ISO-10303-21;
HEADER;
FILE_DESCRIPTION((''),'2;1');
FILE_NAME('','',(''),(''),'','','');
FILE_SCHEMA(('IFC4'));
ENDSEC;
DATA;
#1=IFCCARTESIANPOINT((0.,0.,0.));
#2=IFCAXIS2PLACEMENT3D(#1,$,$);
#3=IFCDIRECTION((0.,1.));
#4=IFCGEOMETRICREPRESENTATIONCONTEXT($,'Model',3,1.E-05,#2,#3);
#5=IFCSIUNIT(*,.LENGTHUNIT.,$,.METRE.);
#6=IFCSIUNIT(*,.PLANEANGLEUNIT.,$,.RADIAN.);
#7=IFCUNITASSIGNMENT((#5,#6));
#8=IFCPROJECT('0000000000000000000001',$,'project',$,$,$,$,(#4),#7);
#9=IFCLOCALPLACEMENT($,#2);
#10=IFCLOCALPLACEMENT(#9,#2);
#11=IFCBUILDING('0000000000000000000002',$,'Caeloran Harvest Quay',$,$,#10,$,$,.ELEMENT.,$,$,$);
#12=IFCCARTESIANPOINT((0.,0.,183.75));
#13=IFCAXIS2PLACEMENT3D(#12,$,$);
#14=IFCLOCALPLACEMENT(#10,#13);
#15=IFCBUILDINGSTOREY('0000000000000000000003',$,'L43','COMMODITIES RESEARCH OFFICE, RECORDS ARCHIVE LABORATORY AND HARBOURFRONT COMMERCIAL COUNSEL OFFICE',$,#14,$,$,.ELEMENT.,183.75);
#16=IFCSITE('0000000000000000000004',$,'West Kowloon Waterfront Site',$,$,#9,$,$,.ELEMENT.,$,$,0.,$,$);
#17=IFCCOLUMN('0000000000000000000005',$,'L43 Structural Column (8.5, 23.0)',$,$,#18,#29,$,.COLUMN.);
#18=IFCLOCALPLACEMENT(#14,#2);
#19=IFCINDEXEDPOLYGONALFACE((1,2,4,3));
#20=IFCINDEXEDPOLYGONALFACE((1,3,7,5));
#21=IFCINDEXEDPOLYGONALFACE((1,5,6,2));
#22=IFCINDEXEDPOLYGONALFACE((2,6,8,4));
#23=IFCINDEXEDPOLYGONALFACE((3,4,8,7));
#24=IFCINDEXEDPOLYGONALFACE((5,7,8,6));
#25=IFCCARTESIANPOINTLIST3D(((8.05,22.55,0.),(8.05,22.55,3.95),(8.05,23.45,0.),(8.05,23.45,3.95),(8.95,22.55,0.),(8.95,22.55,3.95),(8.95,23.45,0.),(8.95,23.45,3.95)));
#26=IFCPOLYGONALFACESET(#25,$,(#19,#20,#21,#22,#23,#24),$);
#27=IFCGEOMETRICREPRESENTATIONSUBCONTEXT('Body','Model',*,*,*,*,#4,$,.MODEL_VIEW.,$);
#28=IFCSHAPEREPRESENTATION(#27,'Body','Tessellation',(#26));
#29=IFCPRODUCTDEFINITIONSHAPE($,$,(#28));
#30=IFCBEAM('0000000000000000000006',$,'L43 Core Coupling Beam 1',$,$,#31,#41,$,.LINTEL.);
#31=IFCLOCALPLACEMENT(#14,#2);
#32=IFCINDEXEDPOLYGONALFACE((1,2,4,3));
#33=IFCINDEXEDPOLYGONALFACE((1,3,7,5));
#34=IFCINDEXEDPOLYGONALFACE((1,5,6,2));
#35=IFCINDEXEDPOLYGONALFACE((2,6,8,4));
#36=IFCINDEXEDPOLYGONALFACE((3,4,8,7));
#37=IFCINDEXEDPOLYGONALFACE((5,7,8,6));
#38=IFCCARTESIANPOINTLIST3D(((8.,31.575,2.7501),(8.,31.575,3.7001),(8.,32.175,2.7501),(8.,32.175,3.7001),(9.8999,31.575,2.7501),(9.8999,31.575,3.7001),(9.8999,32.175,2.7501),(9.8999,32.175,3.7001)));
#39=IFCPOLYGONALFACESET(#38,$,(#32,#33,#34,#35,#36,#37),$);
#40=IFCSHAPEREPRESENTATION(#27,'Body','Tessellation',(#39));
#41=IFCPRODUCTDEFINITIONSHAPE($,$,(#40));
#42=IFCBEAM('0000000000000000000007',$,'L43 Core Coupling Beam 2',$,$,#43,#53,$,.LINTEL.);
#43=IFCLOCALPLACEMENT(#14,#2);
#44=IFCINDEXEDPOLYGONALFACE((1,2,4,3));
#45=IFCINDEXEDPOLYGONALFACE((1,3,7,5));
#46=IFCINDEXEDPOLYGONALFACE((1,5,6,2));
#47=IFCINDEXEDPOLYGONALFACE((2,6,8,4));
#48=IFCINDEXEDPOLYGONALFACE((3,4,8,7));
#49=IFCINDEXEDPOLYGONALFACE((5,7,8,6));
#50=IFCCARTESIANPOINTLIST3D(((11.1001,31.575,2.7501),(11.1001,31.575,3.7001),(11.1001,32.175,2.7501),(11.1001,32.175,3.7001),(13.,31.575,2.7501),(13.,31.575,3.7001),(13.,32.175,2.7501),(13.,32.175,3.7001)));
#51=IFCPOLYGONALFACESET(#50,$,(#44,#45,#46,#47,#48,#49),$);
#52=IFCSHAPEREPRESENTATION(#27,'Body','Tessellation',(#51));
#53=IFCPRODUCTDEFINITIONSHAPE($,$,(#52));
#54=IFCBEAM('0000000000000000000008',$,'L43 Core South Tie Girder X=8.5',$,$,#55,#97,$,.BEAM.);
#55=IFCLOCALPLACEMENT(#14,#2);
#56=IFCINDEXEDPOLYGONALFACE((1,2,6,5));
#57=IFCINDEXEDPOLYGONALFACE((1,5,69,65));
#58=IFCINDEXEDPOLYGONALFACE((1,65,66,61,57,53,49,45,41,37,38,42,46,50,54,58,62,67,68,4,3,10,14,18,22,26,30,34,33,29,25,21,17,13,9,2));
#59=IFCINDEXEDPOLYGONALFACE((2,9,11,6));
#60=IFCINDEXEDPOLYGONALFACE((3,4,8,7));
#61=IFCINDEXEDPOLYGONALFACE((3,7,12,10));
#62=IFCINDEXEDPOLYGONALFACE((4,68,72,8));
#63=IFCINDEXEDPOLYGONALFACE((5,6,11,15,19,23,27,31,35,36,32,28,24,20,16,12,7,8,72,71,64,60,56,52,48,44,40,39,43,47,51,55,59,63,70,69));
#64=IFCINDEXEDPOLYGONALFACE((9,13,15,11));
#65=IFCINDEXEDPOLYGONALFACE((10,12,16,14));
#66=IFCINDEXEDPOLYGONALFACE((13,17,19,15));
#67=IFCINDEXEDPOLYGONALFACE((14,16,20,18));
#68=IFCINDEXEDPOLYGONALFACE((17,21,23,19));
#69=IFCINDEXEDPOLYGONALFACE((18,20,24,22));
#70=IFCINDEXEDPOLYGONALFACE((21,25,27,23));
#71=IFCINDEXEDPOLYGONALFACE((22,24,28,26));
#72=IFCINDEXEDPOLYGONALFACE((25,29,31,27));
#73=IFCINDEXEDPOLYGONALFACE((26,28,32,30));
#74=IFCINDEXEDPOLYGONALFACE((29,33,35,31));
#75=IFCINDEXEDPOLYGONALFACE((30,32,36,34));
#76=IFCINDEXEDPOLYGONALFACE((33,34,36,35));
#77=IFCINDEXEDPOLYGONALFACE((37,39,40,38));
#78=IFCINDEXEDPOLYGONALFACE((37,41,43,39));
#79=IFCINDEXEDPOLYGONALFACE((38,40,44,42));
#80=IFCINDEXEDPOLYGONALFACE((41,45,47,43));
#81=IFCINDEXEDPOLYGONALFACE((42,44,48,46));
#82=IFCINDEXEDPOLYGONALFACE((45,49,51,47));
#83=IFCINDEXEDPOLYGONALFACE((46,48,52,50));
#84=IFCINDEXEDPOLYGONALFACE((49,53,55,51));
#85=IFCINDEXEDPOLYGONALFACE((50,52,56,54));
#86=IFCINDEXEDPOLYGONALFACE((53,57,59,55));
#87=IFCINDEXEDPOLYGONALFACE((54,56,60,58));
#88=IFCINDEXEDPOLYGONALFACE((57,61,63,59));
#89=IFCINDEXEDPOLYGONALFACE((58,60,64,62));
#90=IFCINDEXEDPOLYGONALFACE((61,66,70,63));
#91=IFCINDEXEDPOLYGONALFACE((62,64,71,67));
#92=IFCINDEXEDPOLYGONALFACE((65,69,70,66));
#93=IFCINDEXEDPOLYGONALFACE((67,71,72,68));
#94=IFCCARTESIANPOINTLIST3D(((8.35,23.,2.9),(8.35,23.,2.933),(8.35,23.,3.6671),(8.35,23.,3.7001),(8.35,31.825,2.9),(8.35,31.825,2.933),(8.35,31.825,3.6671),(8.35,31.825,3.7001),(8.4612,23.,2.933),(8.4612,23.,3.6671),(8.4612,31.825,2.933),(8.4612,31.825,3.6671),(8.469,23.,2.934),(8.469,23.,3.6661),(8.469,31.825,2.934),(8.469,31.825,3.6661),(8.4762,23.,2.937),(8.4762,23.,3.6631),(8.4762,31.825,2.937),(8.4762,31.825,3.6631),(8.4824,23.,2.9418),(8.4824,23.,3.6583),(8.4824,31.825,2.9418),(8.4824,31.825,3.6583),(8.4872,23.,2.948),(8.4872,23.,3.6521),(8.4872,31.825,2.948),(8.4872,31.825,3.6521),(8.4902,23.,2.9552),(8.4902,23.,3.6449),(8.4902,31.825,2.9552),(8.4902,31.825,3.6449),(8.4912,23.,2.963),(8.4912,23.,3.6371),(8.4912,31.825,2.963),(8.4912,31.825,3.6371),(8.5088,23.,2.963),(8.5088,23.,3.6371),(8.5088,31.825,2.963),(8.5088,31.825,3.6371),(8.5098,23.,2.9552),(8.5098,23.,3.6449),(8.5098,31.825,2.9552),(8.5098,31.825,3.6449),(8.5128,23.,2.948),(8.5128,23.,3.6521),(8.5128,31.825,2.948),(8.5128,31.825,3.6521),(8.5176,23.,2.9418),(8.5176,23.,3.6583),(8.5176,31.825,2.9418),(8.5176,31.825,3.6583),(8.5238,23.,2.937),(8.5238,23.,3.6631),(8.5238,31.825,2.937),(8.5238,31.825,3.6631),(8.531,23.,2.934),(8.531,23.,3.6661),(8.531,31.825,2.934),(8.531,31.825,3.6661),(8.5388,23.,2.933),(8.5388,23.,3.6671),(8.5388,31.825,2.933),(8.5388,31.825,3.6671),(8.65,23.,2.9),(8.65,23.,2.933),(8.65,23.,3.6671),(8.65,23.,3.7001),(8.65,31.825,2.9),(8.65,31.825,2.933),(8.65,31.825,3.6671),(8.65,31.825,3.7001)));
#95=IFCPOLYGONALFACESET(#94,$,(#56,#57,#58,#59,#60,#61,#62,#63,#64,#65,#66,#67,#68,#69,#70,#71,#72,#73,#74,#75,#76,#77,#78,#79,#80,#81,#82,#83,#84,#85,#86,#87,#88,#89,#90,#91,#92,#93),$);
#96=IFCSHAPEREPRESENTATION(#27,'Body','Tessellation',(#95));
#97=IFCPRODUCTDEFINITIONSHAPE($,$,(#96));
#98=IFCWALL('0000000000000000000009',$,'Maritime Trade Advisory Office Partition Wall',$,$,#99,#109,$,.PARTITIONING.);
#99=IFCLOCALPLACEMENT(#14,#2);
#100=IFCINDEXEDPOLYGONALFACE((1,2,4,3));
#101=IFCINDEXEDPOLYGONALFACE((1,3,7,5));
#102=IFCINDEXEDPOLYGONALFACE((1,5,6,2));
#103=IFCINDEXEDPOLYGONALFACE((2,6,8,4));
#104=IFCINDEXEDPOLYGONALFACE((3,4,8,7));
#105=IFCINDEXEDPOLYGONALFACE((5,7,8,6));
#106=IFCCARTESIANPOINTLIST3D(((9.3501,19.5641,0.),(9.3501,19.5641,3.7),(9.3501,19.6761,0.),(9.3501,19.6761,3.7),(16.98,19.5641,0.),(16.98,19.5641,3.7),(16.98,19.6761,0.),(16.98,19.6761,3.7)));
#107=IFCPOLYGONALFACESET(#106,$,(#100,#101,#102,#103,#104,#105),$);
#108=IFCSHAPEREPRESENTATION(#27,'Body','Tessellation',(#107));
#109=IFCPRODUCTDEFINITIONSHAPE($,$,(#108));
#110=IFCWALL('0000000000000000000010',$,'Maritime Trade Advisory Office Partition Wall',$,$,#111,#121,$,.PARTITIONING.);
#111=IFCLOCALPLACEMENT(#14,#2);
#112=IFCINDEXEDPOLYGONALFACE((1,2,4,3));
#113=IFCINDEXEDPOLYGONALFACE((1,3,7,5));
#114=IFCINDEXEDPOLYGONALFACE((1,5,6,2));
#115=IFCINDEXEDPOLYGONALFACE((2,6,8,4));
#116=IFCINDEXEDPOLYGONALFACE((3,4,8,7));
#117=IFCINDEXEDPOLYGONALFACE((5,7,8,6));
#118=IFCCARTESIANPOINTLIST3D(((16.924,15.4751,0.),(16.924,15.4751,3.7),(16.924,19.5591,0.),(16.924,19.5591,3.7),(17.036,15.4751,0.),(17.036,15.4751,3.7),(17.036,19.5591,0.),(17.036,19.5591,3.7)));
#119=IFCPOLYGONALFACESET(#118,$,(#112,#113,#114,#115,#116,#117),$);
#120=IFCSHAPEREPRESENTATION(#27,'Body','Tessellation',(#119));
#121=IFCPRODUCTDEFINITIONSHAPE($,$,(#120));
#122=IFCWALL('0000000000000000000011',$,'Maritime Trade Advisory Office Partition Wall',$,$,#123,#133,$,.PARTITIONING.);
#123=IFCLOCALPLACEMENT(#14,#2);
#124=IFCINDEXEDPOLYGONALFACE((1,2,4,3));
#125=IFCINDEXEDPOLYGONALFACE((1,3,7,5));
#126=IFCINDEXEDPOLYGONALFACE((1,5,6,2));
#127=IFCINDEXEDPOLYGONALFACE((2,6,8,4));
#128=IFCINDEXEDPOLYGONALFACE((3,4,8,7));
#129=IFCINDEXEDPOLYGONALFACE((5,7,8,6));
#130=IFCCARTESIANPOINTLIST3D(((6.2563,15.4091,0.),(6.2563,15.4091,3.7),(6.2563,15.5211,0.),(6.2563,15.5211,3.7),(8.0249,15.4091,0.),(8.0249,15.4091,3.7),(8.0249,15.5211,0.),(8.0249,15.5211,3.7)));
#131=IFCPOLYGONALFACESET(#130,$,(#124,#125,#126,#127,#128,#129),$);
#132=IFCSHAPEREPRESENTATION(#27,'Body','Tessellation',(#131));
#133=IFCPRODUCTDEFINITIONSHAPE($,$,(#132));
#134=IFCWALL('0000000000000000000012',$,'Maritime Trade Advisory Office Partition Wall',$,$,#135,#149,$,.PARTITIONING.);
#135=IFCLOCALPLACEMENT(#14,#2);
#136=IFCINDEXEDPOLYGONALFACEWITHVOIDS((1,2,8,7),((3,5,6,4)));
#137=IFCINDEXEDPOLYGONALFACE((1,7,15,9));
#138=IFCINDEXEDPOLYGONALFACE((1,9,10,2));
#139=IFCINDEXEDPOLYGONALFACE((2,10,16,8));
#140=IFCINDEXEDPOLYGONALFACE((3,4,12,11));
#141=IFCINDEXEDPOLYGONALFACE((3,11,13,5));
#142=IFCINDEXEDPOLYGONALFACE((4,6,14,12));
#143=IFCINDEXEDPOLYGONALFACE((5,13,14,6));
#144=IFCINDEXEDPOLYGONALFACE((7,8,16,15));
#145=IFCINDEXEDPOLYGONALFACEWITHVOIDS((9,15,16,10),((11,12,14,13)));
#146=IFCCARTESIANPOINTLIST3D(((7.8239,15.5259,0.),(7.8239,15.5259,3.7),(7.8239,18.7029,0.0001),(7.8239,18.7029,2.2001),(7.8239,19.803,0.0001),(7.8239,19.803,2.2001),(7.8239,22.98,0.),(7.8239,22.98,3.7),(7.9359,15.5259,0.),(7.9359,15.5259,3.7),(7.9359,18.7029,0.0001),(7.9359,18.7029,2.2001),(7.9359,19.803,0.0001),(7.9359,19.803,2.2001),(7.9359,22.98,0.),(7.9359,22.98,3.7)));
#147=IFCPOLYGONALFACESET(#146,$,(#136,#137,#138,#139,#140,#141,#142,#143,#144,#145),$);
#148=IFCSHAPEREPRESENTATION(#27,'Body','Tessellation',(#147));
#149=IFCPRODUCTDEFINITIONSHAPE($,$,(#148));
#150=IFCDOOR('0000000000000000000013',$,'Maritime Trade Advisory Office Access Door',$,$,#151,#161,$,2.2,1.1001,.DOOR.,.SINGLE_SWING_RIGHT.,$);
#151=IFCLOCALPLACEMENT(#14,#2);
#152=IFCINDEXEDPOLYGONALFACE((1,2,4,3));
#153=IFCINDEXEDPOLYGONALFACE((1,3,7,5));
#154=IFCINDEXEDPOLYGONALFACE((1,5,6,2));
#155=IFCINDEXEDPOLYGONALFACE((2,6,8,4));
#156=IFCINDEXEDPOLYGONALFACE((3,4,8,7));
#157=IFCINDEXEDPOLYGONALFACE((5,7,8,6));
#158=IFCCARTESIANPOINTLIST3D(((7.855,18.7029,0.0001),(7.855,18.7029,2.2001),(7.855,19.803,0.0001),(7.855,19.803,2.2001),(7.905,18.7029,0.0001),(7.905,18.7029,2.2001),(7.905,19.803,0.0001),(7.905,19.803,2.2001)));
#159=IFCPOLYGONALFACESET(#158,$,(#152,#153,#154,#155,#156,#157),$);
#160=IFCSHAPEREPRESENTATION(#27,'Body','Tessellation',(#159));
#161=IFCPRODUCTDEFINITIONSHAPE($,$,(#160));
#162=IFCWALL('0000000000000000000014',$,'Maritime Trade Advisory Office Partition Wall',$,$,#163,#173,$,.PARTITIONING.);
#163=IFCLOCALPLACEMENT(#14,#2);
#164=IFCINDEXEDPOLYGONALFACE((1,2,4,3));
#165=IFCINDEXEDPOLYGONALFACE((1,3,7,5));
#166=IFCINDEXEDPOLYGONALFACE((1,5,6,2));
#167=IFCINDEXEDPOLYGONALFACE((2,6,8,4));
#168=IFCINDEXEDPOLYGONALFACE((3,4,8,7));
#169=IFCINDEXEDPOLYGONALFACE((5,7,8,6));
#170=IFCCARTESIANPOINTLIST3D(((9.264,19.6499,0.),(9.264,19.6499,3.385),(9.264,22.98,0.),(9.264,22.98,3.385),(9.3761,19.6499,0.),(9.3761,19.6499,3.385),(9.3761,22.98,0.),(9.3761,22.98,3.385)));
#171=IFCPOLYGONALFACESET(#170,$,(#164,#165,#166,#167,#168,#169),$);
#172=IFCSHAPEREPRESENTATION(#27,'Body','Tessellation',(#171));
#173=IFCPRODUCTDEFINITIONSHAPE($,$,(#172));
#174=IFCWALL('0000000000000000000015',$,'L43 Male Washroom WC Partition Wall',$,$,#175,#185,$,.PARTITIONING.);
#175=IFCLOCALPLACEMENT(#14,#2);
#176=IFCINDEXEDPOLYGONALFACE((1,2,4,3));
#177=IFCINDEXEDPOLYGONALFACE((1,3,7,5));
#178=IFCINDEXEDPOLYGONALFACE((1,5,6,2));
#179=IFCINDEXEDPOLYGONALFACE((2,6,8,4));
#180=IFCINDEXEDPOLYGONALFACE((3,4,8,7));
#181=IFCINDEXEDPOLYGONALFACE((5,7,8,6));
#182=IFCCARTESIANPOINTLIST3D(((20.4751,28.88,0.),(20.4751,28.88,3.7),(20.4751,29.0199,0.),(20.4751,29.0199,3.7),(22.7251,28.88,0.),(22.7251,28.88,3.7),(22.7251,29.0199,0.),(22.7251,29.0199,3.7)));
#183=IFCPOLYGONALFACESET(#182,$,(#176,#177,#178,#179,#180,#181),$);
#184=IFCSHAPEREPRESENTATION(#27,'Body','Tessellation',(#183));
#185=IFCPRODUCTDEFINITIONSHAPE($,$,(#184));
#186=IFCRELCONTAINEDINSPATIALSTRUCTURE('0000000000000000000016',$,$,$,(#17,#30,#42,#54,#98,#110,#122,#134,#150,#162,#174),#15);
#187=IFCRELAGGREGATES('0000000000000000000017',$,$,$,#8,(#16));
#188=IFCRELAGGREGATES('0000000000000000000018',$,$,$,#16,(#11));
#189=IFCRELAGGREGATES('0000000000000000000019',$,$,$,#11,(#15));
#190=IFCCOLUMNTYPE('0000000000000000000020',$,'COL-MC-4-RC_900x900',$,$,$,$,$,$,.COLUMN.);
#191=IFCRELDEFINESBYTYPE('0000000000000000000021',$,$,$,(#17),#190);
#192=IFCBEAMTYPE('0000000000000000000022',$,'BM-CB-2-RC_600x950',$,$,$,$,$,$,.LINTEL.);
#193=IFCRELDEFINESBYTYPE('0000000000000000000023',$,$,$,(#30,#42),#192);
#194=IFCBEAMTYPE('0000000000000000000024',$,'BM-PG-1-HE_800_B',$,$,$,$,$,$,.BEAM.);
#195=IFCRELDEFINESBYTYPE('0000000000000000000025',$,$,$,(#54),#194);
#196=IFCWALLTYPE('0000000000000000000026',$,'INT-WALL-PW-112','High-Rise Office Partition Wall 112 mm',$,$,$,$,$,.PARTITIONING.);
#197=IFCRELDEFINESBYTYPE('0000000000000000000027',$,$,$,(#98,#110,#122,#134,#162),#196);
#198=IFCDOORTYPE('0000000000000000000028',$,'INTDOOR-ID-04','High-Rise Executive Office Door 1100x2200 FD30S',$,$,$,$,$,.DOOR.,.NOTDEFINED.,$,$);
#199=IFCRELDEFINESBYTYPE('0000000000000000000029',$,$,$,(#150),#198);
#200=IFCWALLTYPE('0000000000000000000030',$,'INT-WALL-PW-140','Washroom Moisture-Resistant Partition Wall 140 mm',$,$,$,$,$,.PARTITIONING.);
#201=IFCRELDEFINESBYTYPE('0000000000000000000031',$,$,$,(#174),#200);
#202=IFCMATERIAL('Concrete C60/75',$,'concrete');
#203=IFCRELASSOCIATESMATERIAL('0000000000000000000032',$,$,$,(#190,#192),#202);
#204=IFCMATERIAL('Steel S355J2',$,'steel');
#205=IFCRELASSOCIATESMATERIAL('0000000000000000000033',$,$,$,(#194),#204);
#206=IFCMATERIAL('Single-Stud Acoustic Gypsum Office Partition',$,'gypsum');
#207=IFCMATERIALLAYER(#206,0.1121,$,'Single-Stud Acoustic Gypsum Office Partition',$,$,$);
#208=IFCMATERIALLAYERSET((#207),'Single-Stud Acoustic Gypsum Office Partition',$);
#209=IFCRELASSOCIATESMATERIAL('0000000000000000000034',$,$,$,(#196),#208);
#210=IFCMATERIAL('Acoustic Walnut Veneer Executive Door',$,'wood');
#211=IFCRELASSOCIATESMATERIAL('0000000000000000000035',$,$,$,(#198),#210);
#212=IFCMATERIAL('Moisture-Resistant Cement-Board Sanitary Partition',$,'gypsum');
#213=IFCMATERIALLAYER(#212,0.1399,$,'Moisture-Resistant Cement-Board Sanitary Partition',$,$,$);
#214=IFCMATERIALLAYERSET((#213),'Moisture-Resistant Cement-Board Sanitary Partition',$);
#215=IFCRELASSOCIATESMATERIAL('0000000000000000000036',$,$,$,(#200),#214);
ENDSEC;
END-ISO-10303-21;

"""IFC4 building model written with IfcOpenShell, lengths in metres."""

from ifc_helpers import new_model, si_unit, direction, frame, frame_2d, origin, origin_2d, place, context, subcontext, project, spatial, rectangle, i_section, extrude, material, layer, layer_set, material_profile, profile_set, type_object, element, fill, save


model = new_model("IFC4")

# Units and contexts
model_context = context("Model", 3, precision=1e-05, world=origin(), true_north=direction((0.0, 1.0)))
body_context = subcontext(model_context, "Body", "Model", "MODEL_VIEW")
ifc_project = project(units=[si_unit("LENGTHUNIT", "METRE"), si_unit("PLANEANGLEUNIT", "RADIAN")], contexts=[model_context])

# Site, building, storey
site_placement = place(None, origin())
site = spatial("IfcSite", under=ifc_project, at=site_placement, Name="West Kowloon Waterfront Site", CompositionType="ELEMENT", RefElevation=0.0)
building_placement = place(site_placement, origin())
building = spatial("IfcBuilding", under=site, at=building_placement, Name="Caeloran Harvest Quay", CompositionType="ELEMENT")
storey_placement = place(building_placement, frame((0.0, 0.0, 183.75)))
storey = spatial("IfcBuildingStorey", under=building, at=storey_placement, Name="L43", Description="COMMODITIES RESEARCH OFFICE, RECORDS ARCHIVE LABORATORY AND HARBOURFRONT COMMERCIAL COUNSEL OFFICE", CompositionType="ELEMENT", Elevation=183.75)

# Column
ifc_material_1 = material(Name="Concrete C60/75", Category="concrete")
ifc_material_profile_1 = material_profile(ifc_material_1, rectangle(XDim=0.8999, YDim=0.8999, at=origin_2d()), Name="RC 900x900")
ifc_profile_set_1 = profile_set([ifc_material_profile_1], Name="Concrete C60/75")
column_type = type_object("IfcColumnType", Name="COL-MC-4-RC_900x900", PredefinedType="COLUMN", material=ifc_profile_set_1)
column_placement = place(storey_placement, frame((8.5, 23.0, 0.0), z_axis=(0.0, 0.0, 1.0), x_axis=(1.0, 0.0, 0.0)))
element("IfcColumn", 1, at=column_placement, inside=storey, type_object=column_type, Name="L43 Structural Column (8.5, 23.0)", PredefinedType="COLUMN", context=body_context, shape_type="SweptSolid", body=[
    extrude(rectangle(XDim=0.8999, YDim=0.8999, at=origin_2d()), origin(), (0.0, 0.0, 1.0), 3.95),
])

# Beams
ifc_material_profile_2 = material_profile(ifc_material_1, rectangle(XDim=0.6001, YDim=0.95, at=origin_2d()), Name="RC 600x950")
ifc_profile_set_2 = profile_set([ifc_material_profile_2], Name="Concrete C60/75")
beam_type_1 = type_object("IfcBeamType", Name="BM-CB-2-RC_600x950", PredefinedType="LINTEL", material=ifc_profile_set_2)
for number, where, z_axis, x_axis, name in (
    (2, (8.0, 31.875, 3.2251), (1.0, 0.0, 0.0), (0.0, 1.0, 0.0), "L43 Core Coupling Beam 1"),
    (3, (11.1001, 31.875, 3.2251), (1.0, 0.0, 0.0), (0.0, 1.0, 0.0), "L43 Core Coupling Beam 2"),
):
    element("IfcBeam", number, at=place(storey_placement, frame(where, z_axis=z_axis, x_axis=x_axis)), inside=storey, type_object=beam_type_1, Name=name, PredefinedType="LINTEL", context=body_context, shape_type="SweptSolid", body=[
        extrude(rectangle(XDim=0.6001, YDim=0.95, at=origin_2d()), origin(), (0.0, 0.0, 1.0), 1.8999),
    ])
ifc_material_2 = material(Name="Steel S355J2", Category="steel")
ifc_material_profile_3 = material_profile(ifc_material_2, i_section(OverallWidth=0.3, OverallDepth=0.8, WebThickness=0.0176, FlangeThickness=0.033, FilletRadius=0.03, at=origin_2d()), Name="HE 800 B")
ifc_profile_set_3 = profile_set([ifc_material_profile_3], Name="Steel S355J2")
beam_type_2 = type_object("IfcBeamType", Name="BM-PG-1-HE_800_B", PredefinedType="BEAM", material=ifc_profile_set_3)
beam_placement = place(storey_placement, frame((8.5, 23.0, 3.3), z_axis=(0.0, 1.0, 0.0), x_axis=(-1.0, 0.0, 0.0)))
element("IfcBeam", 4, at=beam_placement, inside=storey, type_object=beam_type_2, Name="L43 Core South Tie Girder X=8.5", PredefinedType="BEAM", context=body_context, shape_type="SweptSolid", body=[
    extrude(i_section(OverallWidth=0.3, OverallDepth=0.8, WebThickness=0.0176, FlangeThickness=0.033, FilletRadius=0.03, at=origin_2d()), origin(), (0.0, 0.0, 1.0), 8.825),
])

# Walls
ifc_material_3 = material(Name="Single-Stud Acoustic Gypsum Office Partition", Category="gypsum")
ifc_layer_1 = layer(ifc_material_3, 0.1121, Name="Single-Stud Acoustic Gypsum Office Partition")
ifc_layer_set_1 = layer_set([ifc_layer_1], Name="Single-Stud Acoustic Gypsum Office Partition")
wall_type_1 = type_object("IfcWallType", Name="INT-WALL-PW-112", Description="High-Rise Office Partition Wall 112 mm", PredefinedType="PARTITIONING", material=ifc_layer_set_1)
wall_1_placement = place(storey_placement, frame((9.3501, 19.6201, 0.0), z_axis=(0.0, 0.0, 1.0), x_axis=(1.0, 0.0, 0.0)))
element("IfcWall", 5, at=wall_1_placement, inside=storey, type_object=wall_type_1, Name="Maritime Trade Advisory Office Partition Wall", PredefinedType="PARTITIONING", context=body_context, shape_type="SweptSolid", body=[
    extrude(rectangle(XDim=7.6299, YDim=0.1121, at=frame_2d((3.8149, 0.0))), origin(), (0.0, 0.0, 1.0), 3.7),
])
wall_2_placement = place(storey_placement, frame((16.98, 19.5591, 0.0), z_axis=(0.0, 0.0, 1.0), x_axis=(0.0, -1.0, 0.0)))
element("IfcWall", 6, at=wall_2_placement, inside=storey, type_object=wall_type_1, Name="Maritime Trade Advisory Office Partition Wall", PredefinedType="PARTITIONING", context=body_context, shape_type="SweptSolid", body=[
    extrude(rectangle(XDim=4.084, YDim=0.1121, at=frame_2d((2.042, 0.0))), origin(), (0.0, 0.0, 1.0), 3.7),
])
wall_3_placement = place(storey_placement, frame((8.0249, 15.4651, 0.0), z_axis=(0.0, 0.0, 1.0), x_axis=(-1.0, 0.0, 0.0)))
element("IfcWall", 7, at=wall_3_placement, inside=storey, type_object=wall_type_1, Name="Maritime Trade Advisory Office Partition Wall", PredefinedType="PARTITIONING", context=body_context, shape_type="SweptSolid", body=[
    extrude(rectangle(XDim=1.7686, YDim=0.1121, at=frame_2d((0.8843, 0.0))), origin(), (0.0, 0.0, 1.0), 3.7),
])

# Wall, opening, door
wall_4_placement = place(storey_placement, frame((7.8799, 15.5259, 0.0), z_axis=(0.0, 0.0, 1.0), x_axis=(0.0, 1.0, 0.0)))
wall_4 = element("IfcWall", 8, at=wall_4_placement, inside=storey, type_object=wall_type_1, Name="Maritime Trade Advisory Office Partition Wall", PredefinedType="PARTITIONING", context=body_context, shape_type="SweptSolid", body=[
    extrude(rectangle(XDim=7.4541, YDim=0.1121, at=frame_2d((3.7271, 0.0))), origin(), (0.0, 0.0, 1.0), 3.7),
])
opening_1_placement = place(wall_4_placement, frame((3.177, 0.0, 0.0)))
opening_1 = element("IfcOpeningElement", 9, at=opening_1_placement, cuts=wall_4, PredefinedType="OPENING", context=body_context, shape_type="SweptSolid", body=[
    extrude(rectangle(XDim=1.1001, YDim=2.2, at=frame_2d((0.55, 1.1001))), frame((0.0, 0.0659, 0.0), z_axis=(0.0, -1.0, 0.0), x_axis=(1.0, 0.0, 0.0)), (0.0, 0.0, 1.0), 0.1321),
])
ifc_material_4 = material(Name="Acoustic Walnut Veneer Executive Door", Category="wood")
door_type_1 = type_object("IfcDoorType", Name="INTDOOR-ID-04", Description="High-Rise Executive Office Door 1100x2200 FD30S", OperationType="NOTDEFINED", PredefinedType="DOOR", material=ifc_material_4)
door_1_placement = place(opening_1_placement, origin())
door_1 = element("IfcDoor", 10, at=door_1_placement, inside=storey, type_object=door_type_1, Name="Maritime Trade Advisory Office Access Door", OperationType="SINGLE_SWING_RIGHT", OverallHeight=2.2, OverallWidth=1.1001, PredefinedType="DOOR", context=body_context, shape_type="SweptSolid", body=[
    extrude(rectangle(XDim=1.1001, YDim=2.2, at=frame_2d((0.55, 1.1001))), frame((0.0, 0.0249, 0.0), z_axis=(0.0, -1.0, 0.0), x_axis=(1.0, 0.0, 0.0)), (0.0, 0.0, 1.0), 0.05),
])
fill(opening_1, door_1)

# Wall
wall_5_placement = place(storey_placement, frame((9.3201, 22.98, 0.0), z_axis=(0.0, 0.0, 1.0), x_axis=(0.0, -1.0, 0.0)))
element("IfcWall", 11, at=wall_5_placement, inside=storey, type_object=wall_type_1, Name="Maritime Trade Advisory Office Partition Wall", PredefinedType="PARTITIONING", context=body_context, shape_type="SweptSolid", body=[
    extrude(rectangle(XDim=3.3301, YDim=0.1121, at=frame_2d((1.665, 0.0))), origin(), (0.0, 0.0, 1.0), 3.385),
])

# Shared definitions
ifc_material_5 = material(Name="Moisture-Resistant Cement-Board Sanitary Partition", Category="gypsum")
ifc_layer_2 = layer(ifc_material_5, 0.1399, Name="Moisture-Resistant Cement-Board Sanitary Partition")
ifc_layer_set_2 = layer_set([ifc_layer_2], Name="Moisture-Resistant Cement-Board Sanitary Partition")
wall_type_2 = type_object("IfcWallType", Name="INT-WALL-PW-140", Description="Washroom Moisture-Resistant Partition Wall 140 mm", PredefinedType="PARTITIONING", material=ifc_layer_set_2)

# Wall
wall_6_placement = place(storey_placement, frame((20.4751, 28.95, 0.0), z_axis=(0.0, 0.0, 1.0), x_axis=(1.0, 0.0, 0.0)))
element("IfcWall", 12, at=wall_6_placement, inside=storey, type_object=wall_type_2, Name="L43 Male Washroom WC Partition Wall", PredefinedType="PARTITIONING", context=body_context, shape_type="SweptSolid", body=[
    extrude(rectangle(XDim=2.25, YDim=0.1399, at=frame_2d((1.125, 0.0))), origin(), (0.0, 0.0, 1.0), 3.7),
])

save(model, "model.ifc")
